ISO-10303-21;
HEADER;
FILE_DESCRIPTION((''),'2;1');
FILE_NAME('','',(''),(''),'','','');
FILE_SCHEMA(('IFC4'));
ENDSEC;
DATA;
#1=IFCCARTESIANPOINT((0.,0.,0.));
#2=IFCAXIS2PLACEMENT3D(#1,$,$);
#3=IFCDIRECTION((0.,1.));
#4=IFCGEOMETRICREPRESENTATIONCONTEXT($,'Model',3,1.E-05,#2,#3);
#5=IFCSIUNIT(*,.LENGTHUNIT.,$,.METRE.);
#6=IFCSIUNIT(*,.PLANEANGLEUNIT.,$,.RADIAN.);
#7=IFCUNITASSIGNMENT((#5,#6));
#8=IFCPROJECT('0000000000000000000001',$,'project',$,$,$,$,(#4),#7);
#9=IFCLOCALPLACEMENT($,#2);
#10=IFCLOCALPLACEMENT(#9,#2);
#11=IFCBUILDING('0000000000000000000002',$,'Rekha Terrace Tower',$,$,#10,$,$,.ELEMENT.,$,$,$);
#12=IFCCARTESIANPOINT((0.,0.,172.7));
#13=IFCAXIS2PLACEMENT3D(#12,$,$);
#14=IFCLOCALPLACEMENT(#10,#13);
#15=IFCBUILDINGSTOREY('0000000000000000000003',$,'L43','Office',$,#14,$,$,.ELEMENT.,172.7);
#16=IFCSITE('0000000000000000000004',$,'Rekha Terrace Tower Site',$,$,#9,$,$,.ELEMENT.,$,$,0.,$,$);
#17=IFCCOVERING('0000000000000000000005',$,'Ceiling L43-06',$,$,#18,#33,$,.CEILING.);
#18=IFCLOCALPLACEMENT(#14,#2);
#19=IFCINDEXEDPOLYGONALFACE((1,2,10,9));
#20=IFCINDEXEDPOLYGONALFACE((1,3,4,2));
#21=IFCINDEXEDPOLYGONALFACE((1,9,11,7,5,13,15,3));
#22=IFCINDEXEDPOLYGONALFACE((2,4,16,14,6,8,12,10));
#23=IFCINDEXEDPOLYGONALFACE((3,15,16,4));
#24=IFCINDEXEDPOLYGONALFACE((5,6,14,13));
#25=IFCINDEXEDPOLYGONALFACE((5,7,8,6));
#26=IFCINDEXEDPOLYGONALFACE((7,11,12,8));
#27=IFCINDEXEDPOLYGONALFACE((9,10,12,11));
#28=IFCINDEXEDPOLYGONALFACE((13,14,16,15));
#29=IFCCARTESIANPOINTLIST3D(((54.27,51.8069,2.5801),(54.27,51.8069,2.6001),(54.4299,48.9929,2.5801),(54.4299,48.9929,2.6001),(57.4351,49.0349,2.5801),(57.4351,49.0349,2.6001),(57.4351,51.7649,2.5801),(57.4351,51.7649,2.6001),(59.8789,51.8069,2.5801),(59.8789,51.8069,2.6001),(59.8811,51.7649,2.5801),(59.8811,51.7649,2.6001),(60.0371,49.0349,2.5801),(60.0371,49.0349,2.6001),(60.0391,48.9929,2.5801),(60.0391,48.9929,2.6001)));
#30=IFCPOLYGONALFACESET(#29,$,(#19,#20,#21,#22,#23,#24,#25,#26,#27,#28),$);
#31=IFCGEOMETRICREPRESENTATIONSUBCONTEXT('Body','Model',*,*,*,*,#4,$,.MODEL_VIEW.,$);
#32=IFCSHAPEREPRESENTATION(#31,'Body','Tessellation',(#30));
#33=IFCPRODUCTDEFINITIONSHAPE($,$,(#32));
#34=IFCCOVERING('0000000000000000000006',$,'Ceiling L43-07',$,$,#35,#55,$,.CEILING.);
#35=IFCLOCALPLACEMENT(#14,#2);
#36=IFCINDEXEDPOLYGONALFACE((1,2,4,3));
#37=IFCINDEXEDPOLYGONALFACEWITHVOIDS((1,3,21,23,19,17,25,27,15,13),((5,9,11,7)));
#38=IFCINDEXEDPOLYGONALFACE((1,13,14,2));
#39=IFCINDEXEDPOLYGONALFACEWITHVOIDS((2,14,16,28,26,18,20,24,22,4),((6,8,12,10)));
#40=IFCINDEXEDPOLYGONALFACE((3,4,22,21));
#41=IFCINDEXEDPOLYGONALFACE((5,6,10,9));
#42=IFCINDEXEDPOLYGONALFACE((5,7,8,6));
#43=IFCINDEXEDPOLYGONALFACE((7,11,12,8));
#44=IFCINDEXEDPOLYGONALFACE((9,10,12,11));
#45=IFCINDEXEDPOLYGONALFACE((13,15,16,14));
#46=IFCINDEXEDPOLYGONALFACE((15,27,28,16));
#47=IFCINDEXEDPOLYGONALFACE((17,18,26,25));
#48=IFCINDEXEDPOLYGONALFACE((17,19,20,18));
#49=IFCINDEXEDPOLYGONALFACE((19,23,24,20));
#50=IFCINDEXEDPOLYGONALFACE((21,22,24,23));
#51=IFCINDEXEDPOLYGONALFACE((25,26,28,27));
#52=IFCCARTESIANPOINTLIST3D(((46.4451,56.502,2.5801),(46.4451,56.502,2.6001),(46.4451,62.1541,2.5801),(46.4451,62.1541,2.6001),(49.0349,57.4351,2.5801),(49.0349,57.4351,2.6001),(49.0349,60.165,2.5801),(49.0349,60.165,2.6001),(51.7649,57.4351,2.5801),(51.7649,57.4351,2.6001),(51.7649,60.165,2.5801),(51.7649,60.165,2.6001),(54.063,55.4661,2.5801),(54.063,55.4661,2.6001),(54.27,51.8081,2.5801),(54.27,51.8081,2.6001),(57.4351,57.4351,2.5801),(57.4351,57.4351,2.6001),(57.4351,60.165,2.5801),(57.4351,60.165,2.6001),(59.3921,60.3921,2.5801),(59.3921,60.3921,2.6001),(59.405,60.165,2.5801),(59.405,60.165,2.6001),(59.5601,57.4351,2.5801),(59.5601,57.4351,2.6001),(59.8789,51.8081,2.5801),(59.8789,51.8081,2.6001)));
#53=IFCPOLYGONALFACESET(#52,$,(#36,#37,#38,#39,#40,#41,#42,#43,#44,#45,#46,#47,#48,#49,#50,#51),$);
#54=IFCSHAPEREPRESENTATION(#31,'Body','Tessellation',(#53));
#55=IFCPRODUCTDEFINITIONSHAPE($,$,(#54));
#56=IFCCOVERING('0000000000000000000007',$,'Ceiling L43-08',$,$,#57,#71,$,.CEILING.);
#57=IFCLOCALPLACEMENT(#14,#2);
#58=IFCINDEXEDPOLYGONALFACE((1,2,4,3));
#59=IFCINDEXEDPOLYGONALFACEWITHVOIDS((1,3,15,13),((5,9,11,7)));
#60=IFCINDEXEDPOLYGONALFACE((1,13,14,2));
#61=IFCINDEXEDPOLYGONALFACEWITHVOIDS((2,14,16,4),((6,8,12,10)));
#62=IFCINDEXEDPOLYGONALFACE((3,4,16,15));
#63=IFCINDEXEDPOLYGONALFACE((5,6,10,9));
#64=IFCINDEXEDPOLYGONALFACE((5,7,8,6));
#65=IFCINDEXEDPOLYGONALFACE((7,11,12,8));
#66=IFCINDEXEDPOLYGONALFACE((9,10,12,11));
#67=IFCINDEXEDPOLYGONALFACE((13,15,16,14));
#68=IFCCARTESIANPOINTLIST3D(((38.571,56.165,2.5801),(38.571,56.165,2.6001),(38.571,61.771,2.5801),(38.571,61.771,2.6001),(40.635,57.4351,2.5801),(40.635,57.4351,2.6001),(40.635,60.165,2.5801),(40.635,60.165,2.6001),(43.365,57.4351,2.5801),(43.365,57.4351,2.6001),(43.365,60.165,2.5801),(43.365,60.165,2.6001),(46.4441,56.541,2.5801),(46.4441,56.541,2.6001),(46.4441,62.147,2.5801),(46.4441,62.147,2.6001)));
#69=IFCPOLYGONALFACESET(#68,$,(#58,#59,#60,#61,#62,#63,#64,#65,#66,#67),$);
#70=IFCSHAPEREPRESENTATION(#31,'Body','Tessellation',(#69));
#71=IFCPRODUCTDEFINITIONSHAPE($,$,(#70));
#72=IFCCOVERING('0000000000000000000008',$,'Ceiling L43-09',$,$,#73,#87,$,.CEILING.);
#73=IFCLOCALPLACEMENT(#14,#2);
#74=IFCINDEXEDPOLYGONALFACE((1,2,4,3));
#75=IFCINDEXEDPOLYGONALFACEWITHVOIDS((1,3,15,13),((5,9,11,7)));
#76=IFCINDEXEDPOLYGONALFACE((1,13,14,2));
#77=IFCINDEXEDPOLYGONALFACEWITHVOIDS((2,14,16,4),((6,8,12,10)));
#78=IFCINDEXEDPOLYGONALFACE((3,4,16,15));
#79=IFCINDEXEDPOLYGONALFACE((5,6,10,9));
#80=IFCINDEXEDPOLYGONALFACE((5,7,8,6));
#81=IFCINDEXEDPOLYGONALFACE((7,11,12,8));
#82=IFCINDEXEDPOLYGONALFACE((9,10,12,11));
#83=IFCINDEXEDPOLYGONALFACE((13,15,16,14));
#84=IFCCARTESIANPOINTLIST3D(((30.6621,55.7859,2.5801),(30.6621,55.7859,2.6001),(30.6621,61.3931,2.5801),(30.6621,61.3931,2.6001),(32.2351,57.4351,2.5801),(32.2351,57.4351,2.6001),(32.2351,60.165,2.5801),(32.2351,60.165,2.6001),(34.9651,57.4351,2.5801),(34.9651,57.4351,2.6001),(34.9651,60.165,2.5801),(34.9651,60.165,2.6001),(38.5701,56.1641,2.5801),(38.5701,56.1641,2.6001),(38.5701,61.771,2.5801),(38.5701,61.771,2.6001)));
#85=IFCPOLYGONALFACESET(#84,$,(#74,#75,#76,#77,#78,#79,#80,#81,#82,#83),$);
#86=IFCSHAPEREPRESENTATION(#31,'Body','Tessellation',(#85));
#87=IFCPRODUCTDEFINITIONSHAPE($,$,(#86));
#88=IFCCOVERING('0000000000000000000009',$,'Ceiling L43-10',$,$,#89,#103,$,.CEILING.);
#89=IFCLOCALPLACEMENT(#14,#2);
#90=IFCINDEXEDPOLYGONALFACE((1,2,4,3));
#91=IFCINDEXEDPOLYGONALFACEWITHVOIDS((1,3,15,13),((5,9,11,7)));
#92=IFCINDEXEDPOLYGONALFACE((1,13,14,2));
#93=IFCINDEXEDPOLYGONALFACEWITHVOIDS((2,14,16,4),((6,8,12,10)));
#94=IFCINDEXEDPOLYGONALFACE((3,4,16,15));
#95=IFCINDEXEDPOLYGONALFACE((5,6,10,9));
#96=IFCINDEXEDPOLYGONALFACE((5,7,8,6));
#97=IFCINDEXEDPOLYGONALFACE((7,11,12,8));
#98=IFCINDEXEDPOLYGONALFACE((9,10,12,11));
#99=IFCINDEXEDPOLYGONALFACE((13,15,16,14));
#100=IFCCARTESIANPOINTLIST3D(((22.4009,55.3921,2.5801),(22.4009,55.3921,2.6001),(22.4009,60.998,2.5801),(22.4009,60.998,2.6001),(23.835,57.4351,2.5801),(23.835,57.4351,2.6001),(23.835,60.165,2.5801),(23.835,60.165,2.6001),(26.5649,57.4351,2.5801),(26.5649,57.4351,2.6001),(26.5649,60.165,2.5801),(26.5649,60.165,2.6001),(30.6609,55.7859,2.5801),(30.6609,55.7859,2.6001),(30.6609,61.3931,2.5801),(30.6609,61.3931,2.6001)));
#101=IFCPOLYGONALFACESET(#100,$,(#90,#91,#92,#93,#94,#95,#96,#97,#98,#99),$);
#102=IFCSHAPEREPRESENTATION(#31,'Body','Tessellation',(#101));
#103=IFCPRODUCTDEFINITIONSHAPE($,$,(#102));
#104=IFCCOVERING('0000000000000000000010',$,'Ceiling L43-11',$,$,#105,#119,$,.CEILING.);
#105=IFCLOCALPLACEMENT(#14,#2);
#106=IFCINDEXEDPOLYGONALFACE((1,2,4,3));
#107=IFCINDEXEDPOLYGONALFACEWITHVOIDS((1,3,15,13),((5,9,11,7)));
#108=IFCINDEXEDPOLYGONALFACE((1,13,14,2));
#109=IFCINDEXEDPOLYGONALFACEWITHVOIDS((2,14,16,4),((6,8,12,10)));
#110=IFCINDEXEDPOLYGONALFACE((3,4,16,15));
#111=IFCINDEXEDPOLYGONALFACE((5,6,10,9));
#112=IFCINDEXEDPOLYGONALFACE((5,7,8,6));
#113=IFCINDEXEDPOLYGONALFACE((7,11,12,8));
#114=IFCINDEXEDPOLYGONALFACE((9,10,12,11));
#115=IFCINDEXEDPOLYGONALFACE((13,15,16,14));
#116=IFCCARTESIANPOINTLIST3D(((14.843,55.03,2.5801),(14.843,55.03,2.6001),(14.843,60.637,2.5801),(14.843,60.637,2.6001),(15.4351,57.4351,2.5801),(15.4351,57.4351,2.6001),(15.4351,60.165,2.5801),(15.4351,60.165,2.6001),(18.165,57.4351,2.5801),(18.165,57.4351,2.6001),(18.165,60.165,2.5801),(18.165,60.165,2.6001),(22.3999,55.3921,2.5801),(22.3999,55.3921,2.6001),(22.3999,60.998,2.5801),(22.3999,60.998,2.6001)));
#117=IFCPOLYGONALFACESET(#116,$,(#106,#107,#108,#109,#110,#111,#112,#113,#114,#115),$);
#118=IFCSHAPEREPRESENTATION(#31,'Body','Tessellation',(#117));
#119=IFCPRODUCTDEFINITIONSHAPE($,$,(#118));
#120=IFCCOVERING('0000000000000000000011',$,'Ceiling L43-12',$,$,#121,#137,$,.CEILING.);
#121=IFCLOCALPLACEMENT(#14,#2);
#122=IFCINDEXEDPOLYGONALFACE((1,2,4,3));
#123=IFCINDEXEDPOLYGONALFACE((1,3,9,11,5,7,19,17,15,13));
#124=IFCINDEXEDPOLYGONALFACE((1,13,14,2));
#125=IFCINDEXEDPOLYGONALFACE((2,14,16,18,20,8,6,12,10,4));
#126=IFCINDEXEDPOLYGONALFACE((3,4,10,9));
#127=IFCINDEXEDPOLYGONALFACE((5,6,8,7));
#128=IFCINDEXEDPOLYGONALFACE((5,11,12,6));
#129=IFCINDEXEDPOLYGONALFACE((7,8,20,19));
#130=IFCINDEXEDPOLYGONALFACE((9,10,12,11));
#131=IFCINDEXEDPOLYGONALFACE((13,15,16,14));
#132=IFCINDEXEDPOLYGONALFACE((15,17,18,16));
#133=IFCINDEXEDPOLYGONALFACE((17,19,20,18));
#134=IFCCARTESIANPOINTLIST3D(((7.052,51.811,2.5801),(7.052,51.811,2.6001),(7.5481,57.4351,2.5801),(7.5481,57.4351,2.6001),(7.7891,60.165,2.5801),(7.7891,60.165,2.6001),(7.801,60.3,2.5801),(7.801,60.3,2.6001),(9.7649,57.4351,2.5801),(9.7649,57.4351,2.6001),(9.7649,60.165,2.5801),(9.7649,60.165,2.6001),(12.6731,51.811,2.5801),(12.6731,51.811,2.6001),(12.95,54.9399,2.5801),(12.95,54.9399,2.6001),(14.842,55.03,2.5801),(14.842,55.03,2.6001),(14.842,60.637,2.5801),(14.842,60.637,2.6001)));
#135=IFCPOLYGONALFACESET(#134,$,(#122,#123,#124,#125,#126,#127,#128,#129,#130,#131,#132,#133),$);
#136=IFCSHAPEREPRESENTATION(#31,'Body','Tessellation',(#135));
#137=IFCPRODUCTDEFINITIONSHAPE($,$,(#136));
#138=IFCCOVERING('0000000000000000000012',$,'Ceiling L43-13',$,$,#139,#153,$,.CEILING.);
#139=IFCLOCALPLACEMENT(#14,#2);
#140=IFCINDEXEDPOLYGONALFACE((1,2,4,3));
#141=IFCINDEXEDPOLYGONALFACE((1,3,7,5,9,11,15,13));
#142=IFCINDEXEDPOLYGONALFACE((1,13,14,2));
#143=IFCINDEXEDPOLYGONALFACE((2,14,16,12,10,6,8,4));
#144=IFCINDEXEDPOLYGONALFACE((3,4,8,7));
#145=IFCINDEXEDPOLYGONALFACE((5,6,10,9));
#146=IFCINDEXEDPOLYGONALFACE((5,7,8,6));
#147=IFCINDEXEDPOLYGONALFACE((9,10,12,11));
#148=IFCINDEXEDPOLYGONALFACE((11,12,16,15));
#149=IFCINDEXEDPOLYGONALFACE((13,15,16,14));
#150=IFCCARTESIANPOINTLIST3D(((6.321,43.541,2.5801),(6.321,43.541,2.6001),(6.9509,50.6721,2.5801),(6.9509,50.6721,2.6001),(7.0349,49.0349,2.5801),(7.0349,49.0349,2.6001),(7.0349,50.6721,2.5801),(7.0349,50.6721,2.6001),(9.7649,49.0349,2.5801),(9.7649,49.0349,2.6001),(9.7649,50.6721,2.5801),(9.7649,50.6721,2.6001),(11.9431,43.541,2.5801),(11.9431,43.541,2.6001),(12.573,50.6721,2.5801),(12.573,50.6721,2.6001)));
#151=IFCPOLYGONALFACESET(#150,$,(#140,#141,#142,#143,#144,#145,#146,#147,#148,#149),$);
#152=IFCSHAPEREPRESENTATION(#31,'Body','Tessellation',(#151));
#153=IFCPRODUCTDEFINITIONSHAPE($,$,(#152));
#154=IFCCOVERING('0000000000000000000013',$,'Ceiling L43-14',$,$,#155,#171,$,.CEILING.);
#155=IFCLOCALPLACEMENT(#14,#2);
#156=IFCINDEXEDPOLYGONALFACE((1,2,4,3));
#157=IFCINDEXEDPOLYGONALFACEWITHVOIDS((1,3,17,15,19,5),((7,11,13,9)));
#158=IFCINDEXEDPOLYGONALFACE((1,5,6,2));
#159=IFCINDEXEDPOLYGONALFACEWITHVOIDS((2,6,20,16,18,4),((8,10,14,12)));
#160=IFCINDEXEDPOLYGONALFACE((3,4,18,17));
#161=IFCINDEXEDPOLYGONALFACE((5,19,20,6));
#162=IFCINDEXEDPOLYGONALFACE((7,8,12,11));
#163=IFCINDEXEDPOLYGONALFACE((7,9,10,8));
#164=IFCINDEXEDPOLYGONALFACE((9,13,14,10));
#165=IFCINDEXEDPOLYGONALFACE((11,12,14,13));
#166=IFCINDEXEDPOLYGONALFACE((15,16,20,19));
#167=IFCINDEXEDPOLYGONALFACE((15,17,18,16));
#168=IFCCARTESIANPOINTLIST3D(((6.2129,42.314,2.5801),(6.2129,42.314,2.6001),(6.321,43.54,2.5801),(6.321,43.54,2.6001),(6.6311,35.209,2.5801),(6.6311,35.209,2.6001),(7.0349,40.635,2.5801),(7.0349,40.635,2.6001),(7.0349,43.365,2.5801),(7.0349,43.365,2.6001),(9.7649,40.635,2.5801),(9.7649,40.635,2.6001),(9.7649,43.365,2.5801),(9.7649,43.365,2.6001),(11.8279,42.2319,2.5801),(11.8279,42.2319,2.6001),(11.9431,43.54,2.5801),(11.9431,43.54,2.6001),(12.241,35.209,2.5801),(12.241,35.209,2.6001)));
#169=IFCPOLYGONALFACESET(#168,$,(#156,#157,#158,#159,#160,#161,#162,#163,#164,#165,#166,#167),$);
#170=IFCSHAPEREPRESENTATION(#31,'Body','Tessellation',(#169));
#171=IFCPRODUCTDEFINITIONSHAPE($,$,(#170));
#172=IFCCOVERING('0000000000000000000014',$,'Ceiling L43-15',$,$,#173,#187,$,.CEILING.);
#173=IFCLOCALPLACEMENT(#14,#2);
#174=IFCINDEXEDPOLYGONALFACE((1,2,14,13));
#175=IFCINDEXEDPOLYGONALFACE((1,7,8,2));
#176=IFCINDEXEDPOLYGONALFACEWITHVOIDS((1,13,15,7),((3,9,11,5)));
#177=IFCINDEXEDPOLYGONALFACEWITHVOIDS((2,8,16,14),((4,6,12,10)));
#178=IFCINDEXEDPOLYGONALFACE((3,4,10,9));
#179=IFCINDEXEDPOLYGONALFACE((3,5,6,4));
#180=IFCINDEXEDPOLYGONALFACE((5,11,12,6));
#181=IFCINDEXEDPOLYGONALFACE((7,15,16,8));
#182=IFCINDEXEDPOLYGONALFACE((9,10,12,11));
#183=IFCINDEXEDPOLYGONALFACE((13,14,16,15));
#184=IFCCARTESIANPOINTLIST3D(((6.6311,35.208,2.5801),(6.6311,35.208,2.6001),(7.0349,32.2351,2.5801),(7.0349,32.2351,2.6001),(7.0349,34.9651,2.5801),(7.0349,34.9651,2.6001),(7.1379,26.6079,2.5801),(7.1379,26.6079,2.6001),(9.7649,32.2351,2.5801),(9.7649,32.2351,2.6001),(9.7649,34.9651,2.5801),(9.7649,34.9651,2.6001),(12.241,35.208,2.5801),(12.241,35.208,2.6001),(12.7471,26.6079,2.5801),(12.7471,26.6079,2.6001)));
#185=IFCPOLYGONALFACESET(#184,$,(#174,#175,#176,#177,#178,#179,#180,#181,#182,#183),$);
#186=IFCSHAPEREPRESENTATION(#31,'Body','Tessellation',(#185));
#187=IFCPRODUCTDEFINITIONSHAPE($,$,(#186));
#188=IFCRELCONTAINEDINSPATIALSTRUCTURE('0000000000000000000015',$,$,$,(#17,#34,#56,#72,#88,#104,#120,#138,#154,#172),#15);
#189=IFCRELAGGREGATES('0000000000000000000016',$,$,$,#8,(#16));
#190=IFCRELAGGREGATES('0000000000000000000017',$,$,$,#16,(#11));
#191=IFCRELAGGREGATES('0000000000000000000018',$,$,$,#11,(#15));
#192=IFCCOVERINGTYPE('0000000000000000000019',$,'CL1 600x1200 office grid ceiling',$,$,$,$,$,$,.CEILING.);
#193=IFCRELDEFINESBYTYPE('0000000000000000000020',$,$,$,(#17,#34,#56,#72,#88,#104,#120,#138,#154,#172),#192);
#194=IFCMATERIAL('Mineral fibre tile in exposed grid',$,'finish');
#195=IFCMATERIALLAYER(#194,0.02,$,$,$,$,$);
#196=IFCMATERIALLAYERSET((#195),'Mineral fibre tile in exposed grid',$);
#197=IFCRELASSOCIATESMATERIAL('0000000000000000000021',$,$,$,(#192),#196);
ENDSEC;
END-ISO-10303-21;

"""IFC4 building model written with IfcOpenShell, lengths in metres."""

from ifc_helpers import new_model, si_unit, direction, frame, origin, place, context, subcontext, project, spatial, polyline, outline, extrude, material, layer, layer_set, type_object, element, save


model = new_model("IFC4")

# Units and contexts
model_context = context("Model", 3, precision=1e-05, world=origin(), true_north=direction((0.0, 1.0)))
body_context = subcontext(model_context, "Body", "Model", "MODEL_VIEW")
ifc_project = project(units=[si_unit("LENGTHUNIT", "METRE"), si_unit("PLANEANGLEUNIT", "RADIAN")], contexts=[model_context])

# Site, building, storey
site_placement = place(None, origin())
site = spatial("IfcSite", under=ifc_project, at=site_placement, Name="Rekha Terrace Tower Site", CompositionType="ELEMENT", RefElevation=0.0)
building_placement = place(site_placement, origin())
building = spatial("IfcBuilding", under=site, at=building_placement, Name="Rekha Terrace Tower", CompositionType="ELEMENT")
storey_placement = place(building_placement, frame((0.0, 0.0, 172.7)))
storey = spatial("IfcBuildingStorey", under=building, at=storey_placement, Name="L43", Description="Office", CompositionType="ELEMENT", Elevation=172.7)

# Coverings
ifc_material_1 = material(Name="Mineral fibre tile in exposed grid", Category="finish")
ifc_layer_1 = layer(ifc_material_1, 0.02)
ifc_layer_set_1 = layer_set([ifc_layer_1], Name="Mineral fibre tile in exposed grid")
covering_type_1 = type_object("IfcCoveringType", Name="CL1 600x1200 office grid ceiling", PredefinedType="CEILING", material=ifc_layer_set_1)
covering_1_placement = place(storey_placement, frame((0.0, 0.0, 2.5801)))
element("IfcCovering", 1, at=covering_1_placement, inside=storey, type_object=covering_type_1, Name="Ceiling L43-06", PredefinedType="CEILING", context=body_context, shape_type="SweptSolid", body=[
    extrude(outline(polyline([(57.4351, 51.7649), (59.8811, 51.7649), (59.8789, 51.8069), (54.27, 51.8069), (54.4299, 48.9929), (60.0391, 48.9929), (60.0371, 49.0349), (57.4351, 49.0349), (57.4351, 51.7649)])), origin(), (0.0, 0.0, 1.0), 0.02),
])
covering_2_placement = place(storey_placement, frame((0.0, 0.0, 2.5801)))
element("IfcCovering", 2, at=covering_2_placement, inside=storey, type_object=covering_type_1, Name="Ceiling L43-07", PredefinedType="CEILING", context=body_context, shape_type="SweptSolid", body=[
    extrude(outline(polyline([(57.4351, 60.165), (59.405, 60.165), (59.3921, 60.3921), (46.4451, 62.1541), (46.4451, 56.502), (54.063, 55.4661), (54.27, 51.8081), (59.8789, 51.8081), (59.5601, 57.4351), (57.4351, 57.4351), (57.4351, 60.165)]), holes=[polyline([(51.7649, 57.4351), (49.0349, 57.4351), (49.0349, 60.165), (51.7649, 60.165), (51.7649, 57.4351)])]), origin(), (0.0, 0.0, 1.0), 0.02),
])
covering_3_placement = place(storey_placement, frame((0.0, 0.0, 2.5801)))
element("IfcCovering", 3, at=covering_3_placement, inside=storey, type_object=covering_type_1, Name="Ceiling L43-08", PredefinedType="CEILING", context=body_context, shape_type="SweptSolid", body=[
    extrude(outline(polyline([(46.4441, 62.147), (38.571, 61.771), (38.571, 56.165), (46.4441, 56.541), (46.4441, 62.147)]), holes=[polyline([(43.365, 60.165), (43.365, 57.4351), (40.635, 57.4351), (40.635, 60.165), (43.365, 60.165)])]), origin(), (0.0, 0.0, 1.0), 0.02),
])
covering_4_placement = place(storey_placement, frame((0.0, 0.0, 2.5801)))
element("IfcCovering", 4, at=covering_4_placement, inside=storey, type_object=covering_type_1, Name="Ceiling L43-09", PredefinedType="CEILING", context=body_context, shape_type="SweptSolid", body=[
    extrude(outline(polyline([(38.5701, 56.1641), (38.5701, 61.771), (30.6621, 61.3931), (30.6621, 55.7859), (38.5701, 56.1641)]), holes=[polyline([(34.9651, 57.4351), (32.2351, 57.4351), (32.2351, 60.165), (34.9651, 60.165), (34.9651, 57.4351)])]), origin(), (0.0, 0.0, 1.0), 0.02),
])
covering_5_placement = place(storey_placement, frame((0.0, 0.0, 2.5801)))
element("IfcCovering", 5, at=covering_5_placement, inside=storey, type_object=covering_type_1, Name="Ceiling L43-10", PredefinedType="CEILING", context=body_context, shape_type="SweptSolid", body=[
    extrude(outline(polyline([(30.6609, 55.7859), (30.6609, 61.3931), (22.4009, 60.998), (22.4009, 55.3921), (30.6609, 55.7859)]), holes=[polyline([(26.5649, 57.4351), (23.835, 57.4351), (23.835, 60.165), (26.5649, 60.165), (26.5649, 57.4351)])]), origin(), (0.0, 0.0, 1.0), 0.02),
])
covering_6_placement = place(storey_placement, frame((0.0, 0.0, 2.5801)))
element("IfcCovering", 6, at=covering_6_placement, inside=storey, type_object=covering_type_1, Name="Ceiling L43-11", PredefinedType="CEILING", context=body_context, shape_type="SweptSolid", body=[
    extrude(outline(polyline([(22.3999, 55.3921), (22.3999, 60.998), (14.843, 60.637), (14.843, 55.03), (22.3999, 55.3921)]), holes=[polyline([(18.165, 60.165), (18.165, 57.4351), (15.4351, 57.4351), (15.4351, 60.165), (18.165, 60.165)])]), origin(), (0.0, 0.0, 1.0), 0.02),
])
covering_7_placement = place(storey_placement, frame((0.0, 0.0, 2.5801)))
element("IfcCovering", 7, at=covering_7_placement, inside=storey, type_object=covering_type_1, Name="Ceiling L43-12", PredefinedType="CEILING", context=body_context, shape_type="SweptSolid", body=[
    extrude(outline(polyline([(7.5481, 57.4351), (7.052, 51.811), (12.6731, 51.811), (12.95, 54.9399), (14.842, 55.03), (14.842, 60.637), (7.801, 60.3), (7.7891, 60.165), (9.7649, 60.165), (9.7649, 57.4351), (7.5481, 57.4351)])), origin(), (0.0, 0.0, 1.0), 0.02),
])
covering_8_placement = place(storey_placement, frame((0.0, 0.0, 2.5801)))
element("IfcCovering", 8, at=covering_8_placement, inside=storey, type_object=covering_type_1, Name="Ceiling L43-13", PredefinedType="CEILING", context=body_context, shape_type="SweptSolid", body=[
    extrude(outline(polyline([(7.0349, 50.6721), (6.9509, 50.6721), (6.321, 43.541), (11.9431, 43.541), (12.573, 50.6721), (9.7649, 50.6721), (9.7649, 49.0349), (7.0349, 49.0349), (7.0349, 50.6721)])), origin(), (0.0, 0.0, 1.0), 0.02),
])
covering_9_placement = place(storey_placement, frame((0.0, 0.0, 2.5801)))
element("IfcCovering", 9, at=covering_9_placement, inside=storey, type_object=covering_type_1, Name="Ceiling L43-14", PredefinedType="CEILING", context=body_context, shape_type="SweptSolid", body=[
    extrude(outline(polyline([(6.2129, 42.314), (6.6311, 35.209), (12.241, 35.209), (11.8279, 42.2319), (11.9431, 43.54), (6.321, 43.54), (6.2129, 42.314)]), holes=[polyline([(9.7649, 40.635), (7.0349, 40.635), (7.0349, 43.365), (9.7649, 43.365), (9.7649, 40.635)])]), origin(), (0.0, 0.0, 1.0), 0.02),
])
covering_10_placement = place(storey_placement, frame((0.0, 0.0, 2.5801)))
element("IfcCovering", 10, at=covering_10_placement, inside=storey, type_object=covering_type_1, Name="Ceiling L43-15", PredefinedType="CEILING", context=body_context, shape_type="SweptSolid", body=[
    extrude(outline(polyline([(12.241, 35.208), (6.6311, 35.208), (7.1379, 26.6079), (12.7471, 26.6079), (12.241, 35.208)]), holes=[polyline([(9.7649, 34.9651), (9.7649, 32.2351), (7.0349, 32.2351), (7.0349, 34.9651), (9.7649, 34.9651)])]), origin(), (0.0, 0.0, 1.0), 0.02),
])

save(model, "model.ifc")
